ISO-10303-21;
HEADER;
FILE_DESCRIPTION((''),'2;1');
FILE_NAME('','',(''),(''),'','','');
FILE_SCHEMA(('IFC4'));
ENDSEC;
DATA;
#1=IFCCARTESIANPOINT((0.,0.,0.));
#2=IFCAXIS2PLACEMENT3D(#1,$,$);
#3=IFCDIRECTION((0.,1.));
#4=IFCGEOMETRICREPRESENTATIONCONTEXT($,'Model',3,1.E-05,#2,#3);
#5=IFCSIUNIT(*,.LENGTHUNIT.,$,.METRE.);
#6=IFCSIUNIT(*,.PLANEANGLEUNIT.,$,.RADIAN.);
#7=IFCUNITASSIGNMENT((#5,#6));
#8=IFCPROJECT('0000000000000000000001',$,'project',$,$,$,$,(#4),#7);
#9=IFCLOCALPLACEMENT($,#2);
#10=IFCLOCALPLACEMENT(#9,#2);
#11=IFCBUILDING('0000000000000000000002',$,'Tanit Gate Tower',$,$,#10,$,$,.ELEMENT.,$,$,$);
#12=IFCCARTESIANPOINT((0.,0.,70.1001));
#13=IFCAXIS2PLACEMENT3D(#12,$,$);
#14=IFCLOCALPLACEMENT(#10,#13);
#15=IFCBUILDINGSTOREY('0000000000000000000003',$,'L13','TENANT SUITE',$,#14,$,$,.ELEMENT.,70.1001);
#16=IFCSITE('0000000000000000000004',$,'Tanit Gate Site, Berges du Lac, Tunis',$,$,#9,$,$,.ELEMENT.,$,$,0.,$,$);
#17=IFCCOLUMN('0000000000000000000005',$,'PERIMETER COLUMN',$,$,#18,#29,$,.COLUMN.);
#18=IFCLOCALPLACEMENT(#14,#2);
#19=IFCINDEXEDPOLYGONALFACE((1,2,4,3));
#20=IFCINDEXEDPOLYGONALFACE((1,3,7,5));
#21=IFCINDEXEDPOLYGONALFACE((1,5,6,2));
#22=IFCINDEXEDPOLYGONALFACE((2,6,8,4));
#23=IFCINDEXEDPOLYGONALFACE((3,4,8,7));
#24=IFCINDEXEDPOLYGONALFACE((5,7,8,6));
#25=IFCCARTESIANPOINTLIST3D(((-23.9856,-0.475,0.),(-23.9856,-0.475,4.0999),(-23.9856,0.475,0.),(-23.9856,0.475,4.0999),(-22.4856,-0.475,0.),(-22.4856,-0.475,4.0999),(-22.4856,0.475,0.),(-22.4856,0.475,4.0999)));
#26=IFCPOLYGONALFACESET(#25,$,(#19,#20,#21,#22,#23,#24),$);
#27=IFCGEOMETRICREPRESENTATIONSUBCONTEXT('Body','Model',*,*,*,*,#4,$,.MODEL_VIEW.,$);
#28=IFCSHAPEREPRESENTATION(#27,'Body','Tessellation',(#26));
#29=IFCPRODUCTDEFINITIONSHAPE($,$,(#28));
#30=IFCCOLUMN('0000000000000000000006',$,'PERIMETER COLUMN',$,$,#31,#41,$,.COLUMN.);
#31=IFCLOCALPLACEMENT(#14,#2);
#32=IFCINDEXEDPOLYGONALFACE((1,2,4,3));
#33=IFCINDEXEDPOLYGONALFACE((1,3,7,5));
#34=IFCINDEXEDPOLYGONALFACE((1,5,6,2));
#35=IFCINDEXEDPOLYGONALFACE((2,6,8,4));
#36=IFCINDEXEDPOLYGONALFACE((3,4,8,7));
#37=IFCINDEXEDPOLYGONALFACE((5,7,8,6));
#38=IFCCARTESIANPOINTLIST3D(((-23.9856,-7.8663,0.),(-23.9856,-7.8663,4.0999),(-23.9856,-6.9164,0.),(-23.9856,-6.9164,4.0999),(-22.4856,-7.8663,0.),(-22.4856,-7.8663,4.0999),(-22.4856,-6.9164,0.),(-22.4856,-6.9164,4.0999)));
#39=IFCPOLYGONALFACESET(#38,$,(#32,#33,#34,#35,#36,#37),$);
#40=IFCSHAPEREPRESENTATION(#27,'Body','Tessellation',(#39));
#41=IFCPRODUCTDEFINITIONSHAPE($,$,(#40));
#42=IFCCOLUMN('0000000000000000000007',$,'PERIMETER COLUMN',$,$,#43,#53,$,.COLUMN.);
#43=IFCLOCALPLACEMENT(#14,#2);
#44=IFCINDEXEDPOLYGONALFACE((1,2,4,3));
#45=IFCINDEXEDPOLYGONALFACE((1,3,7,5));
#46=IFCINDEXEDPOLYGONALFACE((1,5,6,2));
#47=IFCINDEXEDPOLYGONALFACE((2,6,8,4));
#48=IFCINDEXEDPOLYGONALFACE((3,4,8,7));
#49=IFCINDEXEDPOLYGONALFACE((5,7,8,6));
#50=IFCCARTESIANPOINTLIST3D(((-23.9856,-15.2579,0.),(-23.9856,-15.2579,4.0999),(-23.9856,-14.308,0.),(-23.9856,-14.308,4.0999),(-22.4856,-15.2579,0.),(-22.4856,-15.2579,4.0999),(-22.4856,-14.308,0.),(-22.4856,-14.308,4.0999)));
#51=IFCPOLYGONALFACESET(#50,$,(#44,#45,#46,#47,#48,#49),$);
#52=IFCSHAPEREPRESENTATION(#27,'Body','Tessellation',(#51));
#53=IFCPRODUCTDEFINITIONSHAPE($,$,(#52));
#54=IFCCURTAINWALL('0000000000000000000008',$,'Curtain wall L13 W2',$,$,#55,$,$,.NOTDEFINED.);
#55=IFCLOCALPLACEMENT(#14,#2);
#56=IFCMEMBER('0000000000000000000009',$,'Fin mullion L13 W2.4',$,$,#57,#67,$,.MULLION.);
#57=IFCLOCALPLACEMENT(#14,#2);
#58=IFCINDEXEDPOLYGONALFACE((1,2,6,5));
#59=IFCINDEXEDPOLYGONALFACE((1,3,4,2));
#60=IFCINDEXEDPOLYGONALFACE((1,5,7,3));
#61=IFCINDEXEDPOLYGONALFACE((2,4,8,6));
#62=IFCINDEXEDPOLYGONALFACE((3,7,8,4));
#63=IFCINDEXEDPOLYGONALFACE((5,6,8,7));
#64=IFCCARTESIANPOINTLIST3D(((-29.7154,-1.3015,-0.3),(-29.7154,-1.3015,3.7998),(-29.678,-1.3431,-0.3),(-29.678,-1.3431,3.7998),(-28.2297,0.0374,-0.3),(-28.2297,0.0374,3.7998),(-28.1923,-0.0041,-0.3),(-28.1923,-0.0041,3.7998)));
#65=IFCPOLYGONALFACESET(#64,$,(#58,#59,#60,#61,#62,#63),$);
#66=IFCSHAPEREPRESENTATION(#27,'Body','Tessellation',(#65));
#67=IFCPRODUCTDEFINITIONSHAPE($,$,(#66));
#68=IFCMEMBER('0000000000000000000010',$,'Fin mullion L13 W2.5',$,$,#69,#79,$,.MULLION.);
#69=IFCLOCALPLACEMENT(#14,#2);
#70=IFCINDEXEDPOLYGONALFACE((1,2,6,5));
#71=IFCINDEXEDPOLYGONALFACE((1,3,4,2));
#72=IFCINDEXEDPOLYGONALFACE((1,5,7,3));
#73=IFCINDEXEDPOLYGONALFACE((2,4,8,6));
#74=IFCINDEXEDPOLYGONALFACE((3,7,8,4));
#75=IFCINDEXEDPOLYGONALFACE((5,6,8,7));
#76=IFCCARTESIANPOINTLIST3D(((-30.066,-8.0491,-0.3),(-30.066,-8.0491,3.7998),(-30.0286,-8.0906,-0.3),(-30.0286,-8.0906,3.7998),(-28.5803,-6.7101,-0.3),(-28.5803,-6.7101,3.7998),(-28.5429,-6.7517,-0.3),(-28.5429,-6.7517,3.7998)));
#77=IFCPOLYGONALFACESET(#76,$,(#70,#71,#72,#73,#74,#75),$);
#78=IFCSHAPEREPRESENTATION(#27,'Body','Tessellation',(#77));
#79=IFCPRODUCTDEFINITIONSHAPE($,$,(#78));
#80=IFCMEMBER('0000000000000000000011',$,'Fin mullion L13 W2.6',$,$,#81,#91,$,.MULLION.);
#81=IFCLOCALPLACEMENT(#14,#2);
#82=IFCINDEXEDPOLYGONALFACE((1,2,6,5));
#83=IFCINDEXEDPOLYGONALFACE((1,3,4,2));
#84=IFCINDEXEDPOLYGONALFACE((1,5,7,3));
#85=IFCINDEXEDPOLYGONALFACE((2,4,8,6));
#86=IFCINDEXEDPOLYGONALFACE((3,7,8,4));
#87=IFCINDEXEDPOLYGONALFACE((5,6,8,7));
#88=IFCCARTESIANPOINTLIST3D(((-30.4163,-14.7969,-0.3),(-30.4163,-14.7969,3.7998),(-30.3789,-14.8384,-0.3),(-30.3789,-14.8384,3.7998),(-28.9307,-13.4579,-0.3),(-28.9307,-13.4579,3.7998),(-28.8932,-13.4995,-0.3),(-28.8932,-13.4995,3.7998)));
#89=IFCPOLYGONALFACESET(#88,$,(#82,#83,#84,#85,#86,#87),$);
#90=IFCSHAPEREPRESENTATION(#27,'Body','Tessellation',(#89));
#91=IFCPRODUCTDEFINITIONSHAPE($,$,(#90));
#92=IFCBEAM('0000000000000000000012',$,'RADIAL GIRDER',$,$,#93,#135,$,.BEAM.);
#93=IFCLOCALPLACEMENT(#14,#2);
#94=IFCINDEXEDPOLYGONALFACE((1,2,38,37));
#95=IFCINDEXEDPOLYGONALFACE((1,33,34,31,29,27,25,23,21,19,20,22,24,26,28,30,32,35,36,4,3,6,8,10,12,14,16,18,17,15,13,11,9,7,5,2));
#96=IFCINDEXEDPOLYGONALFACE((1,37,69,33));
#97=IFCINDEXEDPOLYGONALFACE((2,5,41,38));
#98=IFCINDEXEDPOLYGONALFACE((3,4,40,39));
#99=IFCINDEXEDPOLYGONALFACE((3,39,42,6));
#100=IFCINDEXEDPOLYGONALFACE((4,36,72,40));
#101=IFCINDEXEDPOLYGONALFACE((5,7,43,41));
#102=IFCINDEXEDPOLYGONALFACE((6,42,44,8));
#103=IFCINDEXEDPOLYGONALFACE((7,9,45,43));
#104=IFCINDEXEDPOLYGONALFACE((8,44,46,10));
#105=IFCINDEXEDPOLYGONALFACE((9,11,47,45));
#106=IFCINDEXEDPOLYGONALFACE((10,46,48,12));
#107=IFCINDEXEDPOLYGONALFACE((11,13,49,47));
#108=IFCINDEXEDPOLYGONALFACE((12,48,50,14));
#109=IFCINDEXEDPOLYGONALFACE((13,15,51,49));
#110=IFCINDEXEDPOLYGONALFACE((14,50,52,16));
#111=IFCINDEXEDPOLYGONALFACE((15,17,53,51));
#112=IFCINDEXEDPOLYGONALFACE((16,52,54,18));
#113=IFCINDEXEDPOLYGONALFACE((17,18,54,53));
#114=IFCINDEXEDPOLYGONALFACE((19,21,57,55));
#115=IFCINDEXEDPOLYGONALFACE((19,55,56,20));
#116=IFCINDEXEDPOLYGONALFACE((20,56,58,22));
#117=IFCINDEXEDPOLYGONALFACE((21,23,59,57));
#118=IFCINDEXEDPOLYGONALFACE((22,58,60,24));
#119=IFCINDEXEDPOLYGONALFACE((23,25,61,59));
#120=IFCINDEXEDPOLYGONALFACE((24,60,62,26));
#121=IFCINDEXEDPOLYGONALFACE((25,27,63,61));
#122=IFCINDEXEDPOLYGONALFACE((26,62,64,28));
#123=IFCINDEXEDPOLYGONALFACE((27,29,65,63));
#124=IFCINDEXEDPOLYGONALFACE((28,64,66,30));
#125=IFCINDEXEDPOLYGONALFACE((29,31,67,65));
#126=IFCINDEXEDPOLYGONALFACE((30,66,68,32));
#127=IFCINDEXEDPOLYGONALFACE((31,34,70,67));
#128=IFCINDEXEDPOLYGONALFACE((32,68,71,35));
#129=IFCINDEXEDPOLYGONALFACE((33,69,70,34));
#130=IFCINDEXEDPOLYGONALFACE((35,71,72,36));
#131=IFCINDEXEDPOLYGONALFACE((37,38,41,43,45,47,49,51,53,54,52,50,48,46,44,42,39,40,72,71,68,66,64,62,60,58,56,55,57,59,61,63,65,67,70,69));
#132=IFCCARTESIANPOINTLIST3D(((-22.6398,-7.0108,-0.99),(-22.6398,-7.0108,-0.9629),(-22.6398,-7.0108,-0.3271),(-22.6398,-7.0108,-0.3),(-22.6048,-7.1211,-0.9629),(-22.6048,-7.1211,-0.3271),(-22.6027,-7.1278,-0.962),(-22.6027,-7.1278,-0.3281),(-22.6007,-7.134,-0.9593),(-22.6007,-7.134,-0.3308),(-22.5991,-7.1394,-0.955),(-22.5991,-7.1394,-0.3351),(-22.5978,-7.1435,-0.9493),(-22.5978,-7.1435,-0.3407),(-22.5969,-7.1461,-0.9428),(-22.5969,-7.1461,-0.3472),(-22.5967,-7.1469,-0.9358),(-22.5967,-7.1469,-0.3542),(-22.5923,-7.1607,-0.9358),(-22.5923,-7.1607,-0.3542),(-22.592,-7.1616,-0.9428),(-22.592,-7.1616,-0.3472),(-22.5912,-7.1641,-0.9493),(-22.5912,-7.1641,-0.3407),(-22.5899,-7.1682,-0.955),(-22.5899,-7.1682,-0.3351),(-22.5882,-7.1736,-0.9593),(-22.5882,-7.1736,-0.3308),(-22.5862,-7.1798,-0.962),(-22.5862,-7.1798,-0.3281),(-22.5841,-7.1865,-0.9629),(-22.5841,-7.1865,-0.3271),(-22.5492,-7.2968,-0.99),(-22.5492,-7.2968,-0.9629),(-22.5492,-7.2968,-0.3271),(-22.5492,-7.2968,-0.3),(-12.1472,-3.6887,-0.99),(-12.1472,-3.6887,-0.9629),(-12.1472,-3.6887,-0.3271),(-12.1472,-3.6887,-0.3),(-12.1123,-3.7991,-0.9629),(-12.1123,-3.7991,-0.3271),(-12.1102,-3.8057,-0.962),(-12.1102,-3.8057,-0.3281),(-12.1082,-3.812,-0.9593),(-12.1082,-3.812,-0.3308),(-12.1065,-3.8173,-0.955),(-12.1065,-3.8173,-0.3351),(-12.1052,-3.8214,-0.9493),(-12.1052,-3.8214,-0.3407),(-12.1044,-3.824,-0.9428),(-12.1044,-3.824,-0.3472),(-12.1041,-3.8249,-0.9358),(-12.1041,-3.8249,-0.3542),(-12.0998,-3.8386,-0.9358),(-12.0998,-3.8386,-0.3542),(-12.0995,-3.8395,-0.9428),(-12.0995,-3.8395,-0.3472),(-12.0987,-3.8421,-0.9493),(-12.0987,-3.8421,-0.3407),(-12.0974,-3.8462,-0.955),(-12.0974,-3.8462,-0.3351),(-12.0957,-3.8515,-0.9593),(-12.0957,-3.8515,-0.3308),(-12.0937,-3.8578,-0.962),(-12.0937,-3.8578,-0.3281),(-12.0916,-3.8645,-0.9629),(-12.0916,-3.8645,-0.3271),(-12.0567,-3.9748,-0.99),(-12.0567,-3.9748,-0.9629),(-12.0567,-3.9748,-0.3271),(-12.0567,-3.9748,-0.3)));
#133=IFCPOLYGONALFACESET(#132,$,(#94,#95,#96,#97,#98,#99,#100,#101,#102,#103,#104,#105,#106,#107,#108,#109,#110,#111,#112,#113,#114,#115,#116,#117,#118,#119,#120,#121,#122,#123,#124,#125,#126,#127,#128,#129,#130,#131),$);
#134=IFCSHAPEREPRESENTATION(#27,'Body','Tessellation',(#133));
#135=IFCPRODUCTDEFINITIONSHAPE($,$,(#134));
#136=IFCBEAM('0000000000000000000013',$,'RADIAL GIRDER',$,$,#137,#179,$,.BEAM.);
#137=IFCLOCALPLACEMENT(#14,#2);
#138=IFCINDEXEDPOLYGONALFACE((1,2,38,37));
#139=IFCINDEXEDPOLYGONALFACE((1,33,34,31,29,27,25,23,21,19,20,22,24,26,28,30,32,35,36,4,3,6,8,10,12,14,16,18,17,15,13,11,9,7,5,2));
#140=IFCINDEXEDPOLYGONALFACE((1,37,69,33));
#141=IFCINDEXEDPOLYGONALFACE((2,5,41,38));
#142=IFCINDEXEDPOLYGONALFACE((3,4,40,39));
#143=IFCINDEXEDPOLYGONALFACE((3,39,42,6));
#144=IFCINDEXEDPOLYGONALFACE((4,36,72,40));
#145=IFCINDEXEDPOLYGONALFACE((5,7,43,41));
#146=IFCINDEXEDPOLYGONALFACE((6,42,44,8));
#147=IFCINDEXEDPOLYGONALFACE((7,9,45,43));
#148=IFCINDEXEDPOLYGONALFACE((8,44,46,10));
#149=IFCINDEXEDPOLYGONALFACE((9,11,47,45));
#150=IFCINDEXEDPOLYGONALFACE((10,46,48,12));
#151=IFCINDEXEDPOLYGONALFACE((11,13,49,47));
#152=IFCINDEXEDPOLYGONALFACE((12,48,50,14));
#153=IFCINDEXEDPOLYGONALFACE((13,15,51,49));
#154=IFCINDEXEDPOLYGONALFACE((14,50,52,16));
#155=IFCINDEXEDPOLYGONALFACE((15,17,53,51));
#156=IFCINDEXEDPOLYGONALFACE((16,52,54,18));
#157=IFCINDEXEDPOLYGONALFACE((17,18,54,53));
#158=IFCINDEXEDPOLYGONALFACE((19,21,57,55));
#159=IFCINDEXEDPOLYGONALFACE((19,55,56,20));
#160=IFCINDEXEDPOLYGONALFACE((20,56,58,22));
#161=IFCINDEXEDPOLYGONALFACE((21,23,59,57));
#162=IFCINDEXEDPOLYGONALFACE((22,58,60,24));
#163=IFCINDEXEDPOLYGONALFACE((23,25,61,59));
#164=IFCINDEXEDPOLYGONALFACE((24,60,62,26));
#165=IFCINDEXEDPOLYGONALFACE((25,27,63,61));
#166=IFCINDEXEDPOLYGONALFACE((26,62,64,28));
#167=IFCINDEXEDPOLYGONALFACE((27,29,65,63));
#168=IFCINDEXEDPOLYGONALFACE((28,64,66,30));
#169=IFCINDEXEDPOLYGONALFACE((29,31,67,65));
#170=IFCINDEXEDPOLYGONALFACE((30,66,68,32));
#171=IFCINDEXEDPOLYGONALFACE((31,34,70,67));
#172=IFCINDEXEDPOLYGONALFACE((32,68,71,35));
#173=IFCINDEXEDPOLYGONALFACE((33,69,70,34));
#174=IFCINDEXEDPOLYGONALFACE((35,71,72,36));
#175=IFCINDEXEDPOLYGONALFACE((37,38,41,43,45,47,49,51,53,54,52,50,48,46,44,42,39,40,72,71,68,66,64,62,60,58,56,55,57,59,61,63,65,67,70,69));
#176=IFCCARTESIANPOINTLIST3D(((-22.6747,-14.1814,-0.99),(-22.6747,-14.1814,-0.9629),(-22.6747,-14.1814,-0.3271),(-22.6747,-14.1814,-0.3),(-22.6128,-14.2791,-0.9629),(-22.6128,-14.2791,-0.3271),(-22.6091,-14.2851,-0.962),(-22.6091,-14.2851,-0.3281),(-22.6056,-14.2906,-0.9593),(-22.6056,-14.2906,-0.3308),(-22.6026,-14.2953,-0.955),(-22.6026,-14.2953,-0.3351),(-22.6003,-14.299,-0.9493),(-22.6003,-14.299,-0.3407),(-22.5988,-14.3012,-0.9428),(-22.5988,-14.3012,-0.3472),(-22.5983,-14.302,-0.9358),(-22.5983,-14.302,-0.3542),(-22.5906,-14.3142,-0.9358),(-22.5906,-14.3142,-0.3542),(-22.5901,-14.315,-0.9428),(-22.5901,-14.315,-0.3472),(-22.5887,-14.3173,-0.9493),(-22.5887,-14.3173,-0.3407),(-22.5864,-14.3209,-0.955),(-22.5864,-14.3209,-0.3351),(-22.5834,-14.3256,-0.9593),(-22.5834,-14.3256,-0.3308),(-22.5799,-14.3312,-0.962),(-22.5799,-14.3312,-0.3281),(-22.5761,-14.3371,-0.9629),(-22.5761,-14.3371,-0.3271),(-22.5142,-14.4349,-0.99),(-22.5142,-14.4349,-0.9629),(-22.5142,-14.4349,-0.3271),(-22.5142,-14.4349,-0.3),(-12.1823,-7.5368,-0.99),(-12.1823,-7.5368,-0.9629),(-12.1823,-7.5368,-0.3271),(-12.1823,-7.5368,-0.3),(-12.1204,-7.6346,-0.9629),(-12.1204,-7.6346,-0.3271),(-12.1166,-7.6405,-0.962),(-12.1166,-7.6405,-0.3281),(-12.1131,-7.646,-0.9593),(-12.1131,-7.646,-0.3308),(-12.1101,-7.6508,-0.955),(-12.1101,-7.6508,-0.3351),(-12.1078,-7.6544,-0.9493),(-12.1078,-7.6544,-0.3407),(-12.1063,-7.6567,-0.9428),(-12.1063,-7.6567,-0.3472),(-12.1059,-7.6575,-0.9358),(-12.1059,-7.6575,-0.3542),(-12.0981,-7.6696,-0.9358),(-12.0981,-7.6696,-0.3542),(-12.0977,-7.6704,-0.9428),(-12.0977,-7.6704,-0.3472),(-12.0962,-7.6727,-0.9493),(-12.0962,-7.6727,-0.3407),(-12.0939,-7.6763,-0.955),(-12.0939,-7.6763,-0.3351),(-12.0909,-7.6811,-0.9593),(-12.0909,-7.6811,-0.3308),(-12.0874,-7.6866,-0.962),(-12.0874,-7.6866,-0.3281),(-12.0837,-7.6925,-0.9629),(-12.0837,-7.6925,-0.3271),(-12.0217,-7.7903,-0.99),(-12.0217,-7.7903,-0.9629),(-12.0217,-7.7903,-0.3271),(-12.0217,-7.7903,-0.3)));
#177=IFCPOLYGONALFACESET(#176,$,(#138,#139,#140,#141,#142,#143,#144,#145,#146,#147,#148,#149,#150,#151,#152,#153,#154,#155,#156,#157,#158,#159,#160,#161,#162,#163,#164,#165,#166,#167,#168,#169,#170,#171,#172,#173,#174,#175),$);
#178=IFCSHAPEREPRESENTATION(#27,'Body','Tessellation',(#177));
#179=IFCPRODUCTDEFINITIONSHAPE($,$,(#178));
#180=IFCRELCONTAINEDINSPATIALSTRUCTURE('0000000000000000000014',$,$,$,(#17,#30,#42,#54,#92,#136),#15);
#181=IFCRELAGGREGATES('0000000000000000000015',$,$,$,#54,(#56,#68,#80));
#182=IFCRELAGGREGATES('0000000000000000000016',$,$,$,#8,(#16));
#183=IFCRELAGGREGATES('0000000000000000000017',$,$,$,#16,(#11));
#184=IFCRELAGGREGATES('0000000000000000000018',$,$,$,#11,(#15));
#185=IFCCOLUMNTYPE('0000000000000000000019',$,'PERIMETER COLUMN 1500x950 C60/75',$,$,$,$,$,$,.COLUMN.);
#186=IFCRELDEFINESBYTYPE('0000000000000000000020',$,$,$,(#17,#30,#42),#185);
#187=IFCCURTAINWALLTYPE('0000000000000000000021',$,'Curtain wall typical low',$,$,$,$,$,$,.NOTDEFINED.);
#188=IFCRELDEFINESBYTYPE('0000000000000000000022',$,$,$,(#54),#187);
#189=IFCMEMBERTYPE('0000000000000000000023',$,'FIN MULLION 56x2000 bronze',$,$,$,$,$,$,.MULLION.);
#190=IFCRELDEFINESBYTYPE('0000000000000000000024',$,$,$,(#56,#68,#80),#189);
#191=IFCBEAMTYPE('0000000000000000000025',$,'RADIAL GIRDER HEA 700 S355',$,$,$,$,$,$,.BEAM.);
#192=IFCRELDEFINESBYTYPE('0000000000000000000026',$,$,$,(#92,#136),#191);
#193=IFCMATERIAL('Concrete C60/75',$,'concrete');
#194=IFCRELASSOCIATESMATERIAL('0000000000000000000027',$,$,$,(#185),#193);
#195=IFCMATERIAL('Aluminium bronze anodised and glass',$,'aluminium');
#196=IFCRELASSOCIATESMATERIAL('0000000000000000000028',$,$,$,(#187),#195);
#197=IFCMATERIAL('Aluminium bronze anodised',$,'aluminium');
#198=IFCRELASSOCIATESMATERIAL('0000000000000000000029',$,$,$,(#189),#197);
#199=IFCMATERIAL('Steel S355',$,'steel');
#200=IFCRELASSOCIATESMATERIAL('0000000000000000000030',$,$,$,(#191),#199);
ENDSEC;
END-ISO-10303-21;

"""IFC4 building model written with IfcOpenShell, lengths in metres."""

from ifc_helpers import new_model, si_unit, direction, frame, origin, origin_2d, place, context, subcontext, project, spatial, rectangle, i_section, extrude, material, material_profile, profile_set, type_object, element, aggregate, save


model = new_model("IFC4")

# Units and contexts
model_context = context("Model", 3, precision=1e-05, world=origin(), true_north=direction((0.0, 1.0)))
body_context = subcontext(model_context, "Body", "Model", "MODEL_VIEW")
ifc_project = project(units=[si_unit("LENGTHUNIT", "METRE"), si_unit("PLANEANGLEUNIT", "RADIAN")], contexts=[model_context])

# Site, building, storey
site_placement = place(None, origin())
site = spatial("IfcSite", under=ifc_project, at=site_placement, Name="Tanit Gate Site, Berges du Lac, Tunis", CompositionType="ELEMENT", RefElevation=0.0)
building_placement = place(site_placement, origin())
building = spatial("IfcBuilding", under=site, at=building_placement, Name="Tanit Gate Tower", CompositionType="ELEMENT")
storey_placement = place(building_placement, frame((0.0, 0.0, 70.1001)))
storey = spatial("IfcBuildingStorey", under=building, at=storey_placement, Name="L13", Description="TENANT SUITE", CompositionType="ELEMENT", Elevation=70.1001)

# Columns
ifc_material_1 = material(Name="Concrete C60/75", Category="concrete")
ifc_material_profile_1 = material_profile(ifc_material_1, rectangle(XDim=1.5, YDim=0.95, at=origin_2d()), Name="RC 1500x950")
ifc_profile_set_1 = profile_set([ifc_material_profile_1], Name="Concrete C60/75")
column_type = type_object("IfcColumnType", Name="PERIMETER COLUMN 1500x950 C60/75", PredefinedType="COLUMN", material=ifc_profile_set_1)
for number, where, z_axis, x_axis, name in (
    (1, (-23.2356, 0.0, 0.0), (0.0, 0.0, 1.0), (-1.0, 0.0, 0.0), "PERIMETER COLUMN"),
    (2, (-23.2356, -7.3914, 0.0), (0.0, 0.0, 1.0), (-1.0, 0.0, 0.0), "PERIMETER COLUMN"),
    (3, (-23.2356, -14.783, 0.0), (0.0, 0.0, 1.0), (-1.0, 0.0, 0.0), "PERIMETER COLUMN"),
):
    element("IfcColumn", number, at=place(storey_placement, frame(where, z_axis=z_axis, x_axis=x_axis)), inside=storey, type_object=column_type, Name=name, PredefinedType="COLUMN", context=body_context, shape_type="SweptSolid", body=[
        extrude(rectangle(XDim=1.5, YDim=0.95, at=origin_2d()), origin(), (0.0, 0.0, 1.0), 4.0999),
    ])

# Curtain wall, members
ifc_material_2 = material(Name="Aluminium bronze anodised and glass", Category="aluminium")
curtain_wall_type = type_object("IfcCurtainWallType", Name="Curtain wall typical low", PredefinedType="NOTDEFINED", material=ifc_material_2)
curtain_wall_placement = place(storey_placement, origin())
curtain_wall = element("IfcCurtainWall", 4, at=curtain_wall_placement, inside=storey, type_object=curtain_wall_type, Name="Curtain wall L13 W2", PredefinedType="NOTDEFINED")
ifc_material_3 = material(Name="Aluminium bronze anodised", Category="aluminium")
ifc_material_profile_2 = material_profile(ifc_material_3, rectangle(XDim=2.0, YDim=0.0559, at=origin_2d()), Name="56x2000 bronze fin mullion")
ifc_profile_set_2 = profile_set([ifc_material_profile_2], Name="Aluminium bronze anodised")
member_type_1 = type_object("IfcMemberType", Name="FIN MULLION 56x2000 bronze", PredefinedType="MULLION", material=ifc_profile_set_2)
member_1_placement = place(storey_placement, frame((-28.9539, -0.6528, -0.3), z_axis=(0.0, 0.0, 1.0), x_axis=(0.742829, 0.669481, 0.0)))
member_1 = element("IfcMember", 5, at=member_1_placement, type_object=member_type_1, Name="Fin mullion L13 W2.4", PredefinedType="MULLION", context=body_context, shape_type="SweptSolid", body=[
    extrude(rectangle(XDim=2.0, YDim=0.0559, at=origin_2d()), origin(), (0.0, 0.0, 1.0), 4.0999),
])
member_2_placement = place(storey_placement, frame((-29.3044, -7.4004, -0.3), z_axis=(0.0, 0.0, 1.0), x_axis=(0.742829, 0.669481, 0.0)))
member_2 = element("IfcMember", 6, at=member_2_placement, type_object=member_type_1, Name="Fin mullion L13 W2.5", PredefinedType="MULLION", context=body_context, shape_type="SweptSolid", body=[
    extrude(rectangle(XDim=2.0, YDim=0.0559, at=origin_2d()), origin(), (0.0, 0.0, 1.0), 4.0999),
])
member_3_placement = place(storey_placement, frame((-29.6548, -14.1482, -0.3), z_axis=(0.0, 0.0, 1.0), x_axis=(0.742829, 0.669481, 0.0)))
member_3 = element("IfcMember", 7, at=member_3_placement, type_object=member_type_1, Name="Fin mullion L13 W2.6", PredefinedType="MULLION", context=body_context, shape_type="SweptSolid", body=[
    extrude(rectangle(XDim=2.0, YDim=0.0559, at=origin_2d()), origin(), (0.0, 0.0, 1.0), 4.0999),
])

# Beams
ifc_material_4 = material(Name="Steel S355", Category="steel")
ifc_material_profile_3 = material_profile(ifc_material_4, i_section(OverallWidth=0.3, OverallDepth=0.6899, WebThickness=0.0144, FlangeThickness=0.0271, FilletRadius=0.0271, at=origin_2d()), Name="HEA 700")
ifc_profile_set_3 = profile_set([ifc_material_profile_3], Name="Steel S355")
beam_type = type_object("IfcBeamType", Name="RADIAL GIRDER HEA 700 S355", PredefinedType="BEAM", material=ifc_profile_set_3)
beam_1_placement = place(storey_placement, frame((-22.5945, -7.1538, -0.645), z_axis=(0.953357, 0.301844, 0.0), x_axis=(-0.301844, 0.953357, 0.0)))
element("IfcBeam", 8, at=beam_1_placement, inside=storey, type_object=beam_type, Name="RADIAL GIRDER", PredefinedType="BEAM", context=body_context, shape_type="SweptSolid", body=[
    extrude(i_section(OverallWidth=0.3, OverallDepth=0.6899, WebThickness=0.0144, FlangeThickness=0.0271, FilletRadius=0.0271, at=origin_2d()), origin(), (0.0, 0.0, 1.0), 11.0059),
])
beam_2_placement = place(storey_placement, frame((-22.5945, -14.3081, -0.645), z_axis=(0.844844, 0.535013, 0.0), x_axis=(-0.535013, 0.844844, 0.0)))
element("IfcBeam", 9, at=beam_2_placement, inside=storey, type_object=beam_type, Name="RADIAL GIRDER", PredefinedType="BEAM", context=body_context, shape_type="SweptSolid", body=[
    extrude(i_section(OverallWidth=0.3, OverallDepth=0.6899, WebThickness=0.0144, FlangeThickness=0.0271, FilletRadius=0.0271, at=origin_2d()), origin(), (0.0, 0.0, 1.0), 12.4194),
])

aggregate(curtain_wall, [member_1, member_2, member_3])

save(model, "model.ifc")
